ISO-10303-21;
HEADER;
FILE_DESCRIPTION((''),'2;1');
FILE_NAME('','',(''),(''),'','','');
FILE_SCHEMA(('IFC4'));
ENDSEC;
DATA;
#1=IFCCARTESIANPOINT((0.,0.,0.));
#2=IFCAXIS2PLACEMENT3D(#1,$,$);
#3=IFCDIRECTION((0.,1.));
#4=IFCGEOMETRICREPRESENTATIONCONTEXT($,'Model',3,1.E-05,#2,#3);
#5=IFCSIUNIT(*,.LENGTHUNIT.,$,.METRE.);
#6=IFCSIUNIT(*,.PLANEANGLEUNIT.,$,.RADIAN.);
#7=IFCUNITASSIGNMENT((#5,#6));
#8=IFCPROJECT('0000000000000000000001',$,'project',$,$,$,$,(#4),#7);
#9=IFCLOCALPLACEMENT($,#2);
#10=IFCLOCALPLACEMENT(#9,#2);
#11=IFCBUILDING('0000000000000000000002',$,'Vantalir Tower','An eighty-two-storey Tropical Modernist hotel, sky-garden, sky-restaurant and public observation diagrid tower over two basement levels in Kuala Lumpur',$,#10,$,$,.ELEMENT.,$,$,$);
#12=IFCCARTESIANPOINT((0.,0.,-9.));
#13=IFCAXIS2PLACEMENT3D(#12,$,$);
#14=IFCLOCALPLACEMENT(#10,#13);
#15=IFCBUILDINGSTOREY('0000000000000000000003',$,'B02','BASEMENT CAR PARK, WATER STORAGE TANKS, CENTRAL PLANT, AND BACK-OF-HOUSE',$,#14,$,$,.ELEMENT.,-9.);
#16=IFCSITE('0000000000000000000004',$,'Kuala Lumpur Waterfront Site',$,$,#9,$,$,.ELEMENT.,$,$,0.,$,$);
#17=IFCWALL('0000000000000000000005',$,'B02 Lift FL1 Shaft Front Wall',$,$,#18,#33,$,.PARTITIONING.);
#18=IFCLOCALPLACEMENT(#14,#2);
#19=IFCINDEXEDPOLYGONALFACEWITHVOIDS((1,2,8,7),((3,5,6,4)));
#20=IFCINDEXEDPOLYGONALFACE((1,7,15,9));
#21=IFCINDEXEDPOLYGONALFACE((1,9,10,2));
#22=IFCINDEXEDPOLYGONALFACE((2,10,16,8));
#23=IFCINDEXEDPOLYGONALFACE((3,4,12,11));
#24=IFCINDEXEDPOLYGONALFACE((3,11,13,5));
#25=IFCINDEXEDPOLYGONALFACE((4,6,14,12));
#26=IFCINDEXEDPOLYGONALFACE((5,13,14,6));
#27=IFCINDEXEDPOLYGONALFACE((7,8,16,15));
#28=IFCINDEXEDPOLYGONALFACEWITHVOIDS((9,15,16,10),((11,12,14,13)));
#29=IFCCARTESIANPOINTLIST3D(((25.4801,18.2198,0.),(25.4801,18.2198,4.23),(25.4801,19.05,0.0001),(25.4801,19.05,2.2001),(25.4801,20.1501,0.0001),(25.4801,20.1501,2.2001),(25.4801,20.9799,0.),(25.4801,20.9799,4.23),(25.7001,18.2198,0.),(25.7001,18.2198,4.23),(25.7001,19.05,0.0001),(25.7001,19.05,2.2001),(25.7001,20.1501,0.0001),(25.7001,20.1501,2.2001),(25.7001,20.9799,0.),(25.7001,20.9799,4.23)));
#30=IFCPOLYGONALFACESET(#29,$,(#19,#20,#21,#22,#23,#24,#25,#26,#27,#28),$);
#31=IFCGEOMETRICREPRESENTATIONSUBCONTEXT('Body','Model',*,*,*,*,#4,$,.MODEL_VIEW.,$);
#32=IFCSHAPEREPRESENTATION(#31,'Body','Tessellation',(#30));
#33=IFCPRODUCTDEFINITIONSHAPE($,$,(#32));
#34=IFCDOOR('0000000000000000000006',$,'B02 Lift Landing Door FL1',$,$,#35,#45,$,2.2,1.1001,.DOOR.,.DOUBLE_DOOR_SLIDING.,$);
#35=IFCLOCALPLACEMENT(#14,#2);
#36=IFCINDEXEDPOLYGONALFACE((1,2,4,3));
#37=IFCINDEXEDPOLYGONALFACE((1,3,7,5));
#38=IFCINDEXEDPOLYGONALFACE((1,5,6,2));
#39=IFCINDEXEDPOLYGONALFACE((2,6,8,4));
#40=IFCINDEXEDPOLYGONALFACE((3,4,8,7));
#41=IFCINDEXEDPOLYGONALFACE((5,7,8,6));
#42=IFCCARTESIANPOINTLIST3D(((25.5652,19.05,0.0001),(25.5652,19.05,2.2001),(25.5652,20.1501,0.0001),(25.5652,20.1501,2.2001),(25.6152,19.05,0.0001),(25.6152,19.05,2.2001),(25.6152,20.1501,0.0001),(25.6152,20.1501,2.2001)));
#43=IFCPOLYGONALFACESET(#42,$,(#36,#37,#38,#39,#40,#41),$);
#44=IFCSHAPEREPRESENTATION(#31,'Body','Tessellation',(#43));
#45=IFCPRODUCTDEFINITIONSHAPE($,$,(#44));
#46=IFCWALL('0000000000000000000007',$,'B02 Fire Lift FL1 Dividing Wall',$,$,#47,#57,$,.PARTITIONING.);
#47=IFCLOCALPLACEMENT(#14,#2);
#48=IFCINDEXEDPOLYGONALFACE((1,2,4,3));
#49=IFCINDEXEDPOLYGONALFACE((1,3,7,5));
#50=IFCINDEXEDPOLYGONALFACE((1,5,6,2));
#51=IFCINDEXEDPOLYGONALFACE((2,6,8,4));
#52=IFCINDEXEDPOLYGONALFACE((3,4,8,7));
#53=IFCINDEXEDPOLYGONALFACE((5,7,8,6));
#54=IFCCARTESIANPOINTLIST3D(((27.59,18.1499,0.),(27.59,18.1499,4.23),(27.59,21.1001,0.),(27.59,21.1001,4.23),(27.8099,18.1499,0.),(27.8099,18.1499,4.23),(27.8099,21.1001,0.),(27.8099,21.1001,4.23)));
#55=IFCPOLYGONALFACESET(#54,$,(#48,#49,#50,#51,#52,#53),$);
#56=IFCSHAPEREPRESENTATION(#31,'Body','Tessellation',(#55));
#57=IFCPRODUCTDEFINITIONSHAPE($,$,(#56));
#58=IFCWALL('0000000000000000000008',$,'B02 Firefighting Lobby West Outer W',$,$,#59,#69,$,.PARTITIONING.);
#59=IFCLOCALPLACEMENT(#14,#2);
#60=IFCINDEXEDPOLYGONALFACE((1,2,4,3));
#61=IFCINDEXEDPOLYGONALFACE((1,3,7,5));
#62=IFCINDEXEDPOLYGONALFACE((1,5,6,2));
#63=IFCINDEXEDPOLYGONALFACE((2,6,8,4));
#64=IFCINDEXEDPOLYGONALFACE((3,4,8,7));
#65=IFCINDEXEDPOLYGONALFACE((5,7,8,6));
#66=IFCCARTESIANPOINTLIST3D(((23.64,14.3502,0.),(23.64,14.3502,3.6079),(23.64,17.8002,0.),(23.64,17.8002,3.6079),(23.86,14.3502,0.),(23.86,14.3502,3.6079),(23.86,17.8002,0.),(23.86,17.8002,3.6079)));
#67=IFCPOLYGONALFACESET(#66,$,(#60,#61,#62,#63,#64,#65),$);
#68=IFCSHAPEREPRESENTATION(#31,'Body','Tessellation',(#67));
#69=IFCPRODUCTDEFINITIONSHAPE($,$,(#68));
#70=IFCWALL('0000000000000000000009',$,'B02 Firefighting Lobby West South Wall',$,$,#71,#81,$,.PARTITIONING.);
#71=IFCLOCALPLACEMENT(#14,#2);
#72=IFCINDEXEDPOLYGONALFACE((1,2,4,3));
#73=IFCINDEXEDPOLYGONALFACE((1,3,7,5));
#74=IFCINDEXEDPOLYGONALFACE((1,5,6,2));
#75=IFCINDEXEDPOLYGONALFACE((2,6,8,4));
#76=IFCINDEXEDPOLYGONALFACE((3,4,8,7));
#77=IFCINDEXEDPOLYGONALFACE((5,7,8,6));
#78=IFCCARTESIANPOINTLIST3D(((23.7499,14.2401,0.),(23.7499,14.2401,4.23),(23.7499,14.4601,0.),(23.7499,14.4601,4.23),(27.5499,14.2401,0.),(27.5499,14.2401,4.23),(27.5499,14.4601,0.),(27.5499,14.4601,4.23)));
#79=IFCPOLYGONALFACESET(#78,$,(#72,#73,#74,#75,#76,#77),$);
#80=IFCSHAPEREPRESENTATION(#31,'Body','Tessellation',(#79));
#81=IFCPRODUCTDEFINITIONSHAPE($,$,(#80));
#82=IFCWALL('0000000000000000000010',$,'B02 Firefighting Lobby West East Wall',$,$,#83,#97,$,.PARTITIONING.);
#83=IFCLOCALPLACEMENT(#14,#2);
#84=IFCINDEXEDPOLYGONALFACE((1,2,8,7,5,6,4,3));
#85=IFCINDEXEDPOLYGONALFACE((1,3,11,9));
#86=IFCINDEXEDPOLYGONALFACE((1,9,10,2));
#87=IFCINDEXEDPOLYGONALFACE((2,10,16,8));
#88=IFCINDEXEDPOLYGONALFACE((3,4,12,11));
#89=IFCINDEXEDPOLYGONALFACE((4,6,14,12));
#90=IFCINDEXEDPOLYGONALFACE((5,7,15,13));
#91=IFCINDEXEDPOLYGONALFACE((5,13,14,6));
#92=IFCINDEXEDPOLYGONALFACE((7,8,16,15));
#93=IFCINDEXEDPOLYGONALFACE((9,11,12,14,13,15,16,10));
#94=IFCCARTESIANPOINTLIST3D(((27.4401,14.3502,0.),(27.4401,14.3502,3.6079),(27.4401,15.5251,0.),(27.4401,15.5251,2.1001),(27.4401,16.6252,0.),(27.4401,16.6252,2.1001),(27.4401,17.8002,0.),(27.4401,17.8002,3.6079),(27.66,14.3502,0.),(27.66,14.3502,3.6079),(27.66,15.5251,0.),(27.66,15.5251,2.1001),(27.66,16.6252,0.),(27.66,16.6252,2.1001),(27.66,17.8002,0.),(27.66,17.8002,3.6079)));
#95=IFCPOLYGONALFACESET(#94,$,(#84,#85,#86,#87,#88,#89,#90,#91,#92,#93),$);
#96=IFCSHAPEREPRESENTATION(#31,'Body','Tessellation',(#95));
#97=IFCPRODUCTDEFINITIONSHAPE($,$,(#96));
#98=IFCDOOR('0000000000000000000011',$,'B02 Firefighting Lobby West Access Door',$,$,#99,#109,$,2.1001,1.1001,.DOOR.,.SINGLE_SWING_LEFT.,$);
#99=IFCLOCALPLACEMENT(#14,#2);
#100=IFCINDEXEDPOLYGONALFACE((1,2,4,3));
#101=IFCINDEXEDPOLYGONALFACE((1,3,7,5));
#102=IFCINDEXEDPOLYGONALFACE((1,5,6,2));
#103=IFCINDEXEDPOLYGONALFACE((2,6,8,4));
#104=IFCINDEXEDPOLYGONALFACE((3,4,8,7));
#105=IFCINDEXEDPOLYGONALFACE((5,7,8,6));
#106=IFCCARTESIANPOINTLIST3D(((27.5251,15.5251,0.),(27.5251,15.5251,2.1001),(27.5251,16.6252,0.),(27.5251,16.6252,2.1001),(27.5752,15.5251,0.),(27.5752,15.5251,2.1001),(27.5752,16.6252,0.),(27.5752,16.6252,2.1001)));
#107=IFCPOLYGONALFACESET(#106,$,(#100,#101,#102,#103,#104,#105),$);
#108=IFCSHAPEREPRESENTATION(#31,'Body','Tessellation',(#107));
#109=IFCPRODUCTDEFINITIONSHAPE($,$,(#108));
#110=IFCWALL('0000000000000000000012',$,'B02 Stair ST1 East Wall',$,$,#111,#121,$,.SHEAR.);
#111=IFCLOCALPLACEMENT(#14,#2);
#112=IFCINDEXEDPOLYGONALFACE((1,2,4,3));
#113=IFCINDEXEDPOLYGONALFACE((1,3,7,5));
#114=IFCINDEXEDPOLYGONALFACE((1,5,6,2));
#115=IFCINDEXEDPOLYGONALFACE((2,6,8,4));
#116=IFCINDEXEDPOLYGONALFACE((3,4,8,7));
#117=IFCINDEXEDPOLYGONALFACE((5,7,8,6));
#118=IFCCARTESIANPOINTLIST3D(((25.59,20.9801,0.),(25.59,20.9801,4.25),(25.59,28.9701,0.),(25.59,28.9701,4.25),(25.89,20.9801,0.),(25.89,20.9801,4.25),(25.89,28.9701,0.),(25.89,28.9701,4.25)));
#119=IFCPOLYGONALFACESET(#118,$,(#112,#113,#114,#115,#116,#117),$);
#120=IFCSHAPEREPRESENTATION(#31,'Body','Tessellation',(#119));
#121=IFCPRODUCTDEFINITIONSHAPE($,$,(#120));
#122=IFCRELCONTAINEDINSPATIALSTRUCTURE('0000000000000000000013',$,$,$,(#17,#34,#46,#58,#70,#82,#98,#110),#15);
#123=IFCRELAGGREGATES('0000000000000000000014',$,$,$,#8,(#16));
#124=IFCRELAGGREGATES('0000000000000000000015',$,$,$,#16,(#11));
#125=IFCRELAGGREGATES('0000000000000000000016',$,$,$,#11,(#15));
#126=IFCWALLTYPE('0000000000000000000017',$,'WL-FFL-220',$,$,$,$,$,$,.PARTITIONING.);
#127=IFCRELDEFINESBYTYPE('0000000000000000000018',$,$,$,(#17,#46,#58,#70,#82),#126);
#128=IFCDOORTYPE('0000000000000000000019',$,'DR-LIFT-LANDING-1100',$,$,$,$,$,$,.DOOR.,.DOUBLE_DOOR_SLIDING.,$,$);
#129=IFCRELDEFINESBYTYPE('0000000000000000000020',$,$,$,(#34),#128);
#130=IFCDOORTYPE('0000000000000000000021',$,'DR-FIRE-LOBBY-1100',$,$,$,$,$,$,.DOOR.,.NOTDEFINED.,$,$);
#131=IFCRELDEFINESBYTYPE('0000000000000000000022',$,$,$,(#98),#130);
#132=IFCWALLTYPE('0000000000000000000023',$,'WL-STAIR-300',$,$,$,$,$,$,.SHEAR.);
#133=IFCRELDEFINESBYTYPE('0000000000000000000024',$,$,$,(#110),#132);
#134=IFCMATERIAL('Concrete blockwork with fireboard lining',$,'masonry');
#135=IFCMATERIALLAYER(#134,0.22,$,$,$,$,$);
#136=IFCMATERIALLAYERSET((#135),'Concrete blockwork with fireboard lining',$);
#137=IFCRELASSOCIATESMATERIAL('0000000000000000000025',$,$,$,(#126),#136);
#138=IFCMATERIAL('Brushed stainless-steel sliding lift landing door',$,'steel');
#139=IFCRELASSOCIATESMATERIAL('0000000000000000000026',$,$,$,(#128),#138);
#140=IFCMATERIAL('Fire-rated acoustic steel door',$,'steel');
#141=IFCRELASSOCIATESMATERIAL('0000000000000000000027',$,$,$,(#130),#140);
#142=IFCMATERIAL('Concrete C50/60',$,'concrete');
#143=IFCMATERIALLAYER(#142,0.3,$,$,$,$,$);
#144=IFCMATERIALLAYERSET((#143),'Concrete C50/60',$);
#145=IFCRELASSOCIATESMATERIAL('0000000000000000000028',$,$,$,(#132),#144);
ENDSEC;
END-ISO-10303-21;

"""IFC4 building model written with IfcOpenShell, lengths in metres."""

from ifc_helpers import new_model, si_unit, direction, frame, frame_2d, origin, place, context, subcontext, project, spatial, rectangle, extrude, material, layer, layer_set, type_object, element, fill, save


model = new_model("IFC4")

# Units and contexts
model_context = context("Model", 3, precision=1e-05, world=origin(), true_north=direction((0.0, 1.0)))
body_context = subcontext(model_context, "Body", "Model", "MODEL_VIEW")
ifc_project = project(units=[si_unit("LENGTHUNIT", "METRE"), si_unit("PLANEANGLEUNIT", "RADIAN")], contexts=[model_context])

# Site, building, storey
site_placement = place(None, origin())
site = spatial("IfcSite", under=ifc_project, at=site_placement, Name="Kuala Lumpur Waterfront Site", CompositionType="ELEMENT", RefElevation=0.0)
building_placement = place(site_placement, origin())
building = spatial("IfcBuilding", under=site, at=building_placement, Name="Vantalir Tower", Description="An eighty-two-storey Tropical Modernist hotel, sky-garden, sky-restaurant and public observation diagrid tower over two basement levels in Kuala Lumpur", CompositionType="ELEMENT")
storey_placement = place(building_placement, frame((0.0, 0.0, -9.0)))
storey = spatial("IfcBuildingStorey", under=building, at=storey_placement, Name="B02", Description="BASEMENT CAR PARK, WATER STORAGE TANKS, CENTRAL PLANT, AND BACK-OF-HOUSE", CompositionType="ELEMENT", Elevation=-9.0)

# Shared definitions
ifc_material_1 = material(Name="Concrete C50/60", Category="concrete")

# Shared definitions
ifc_material_2 = material(Name="Concrete blockwork with fireboard lining", Category="masonry")
ifc_layer_1 = layer(ifc_material_2, 0.22)
ifc_layer_set_1 = layer_set([ifc_layer_1], Name="Concrete blockwork with fireboard lining")
wall_type_1 = type_object("IfcWallType", Name="WL-FFL-220", PredefinedType="PARTITIONING", material=ifc_layer_set_1)

# Wall, opening, door
wall_1_placement = place(storey_placement, frame((25.5901, 18.22, 0.0), z_axis=(0.0, 0.0, 1.0), x_axis=(0.0, 1.0, 0.0)))
wall_1 = element("IfcWall", 1, at=wall_1_placement, inside=storey, type_object=wall_type_1, Name="B02 Lift FL1 Shaft Front Wall", PredefinedType="PARTITIONING", context=body_context, shape_type="SweptSolid", body=[
    extrude(rectangle(XDim=2.76, YDim=0.22, at=frame_2d((1.3799, 0.0))), origin(), (0.0, 0.0, 1.0), 4.23),
])
opening_1_placement = place(wall_1_placement, frame((0.8301, 0.0, 0.0)))
opening_1 = element("IfcOpeningElement", 2, at=opening_1_placement, cuts=wall_1, PredefinedType="OPENING", context=body_context, shape_type="SweptSolid", body=[
    extrude(rectangle(XDim=1.1001, YDim=2.2, at=frame_2d((0.55, 1.1001))), frame((0.0, 0.1199, 0.0), z_axis=(0.0, -1.0, 0.0), x_axis=(1.0, 0.0, 0.0)), (0.0, 0.0, 1.0), 0.24),
])
ifc_material_3 = material(Name="Brushed stainless-steel sliding lift landing door", Category="steel")
door_type_1 = type_object("IfcDoorType", Name="DR-LIFT-LANDING-1100", OperationType="DOUBLE_DOOR_SLIDING", PredefinedType="DOOR", material=ifc_material_3)
door_1_placement = place(opening_1_placement, origin())
door_1 = element("IfcDoor", 3, at=door_1_placement, inside=storey, type_object=door_type_1, Name="B02 Lift Landing Door FL1", OperationType="DOUBLE_DOOR_SLIDING", OverallHeight=2.2, OverallWidth=1.1001, PredefinedType="DOOR", context=body_context, shape_type="SweptSolid", body=[
    extrude(rectangle(XDim=1.1001, YDim=2.2, at=frame_2d((0.55, 1.1001))), frame((0.0, 0.0249, 0.0), z_axis=(0.0, -1.0, 0.0), x_axis=(1.0, 0.0, 0.0)), (0.0, 0.0, 1.0), 0.05),
])
fill(opening_1, door_1)

# Walls
wall_2_placement = place(storey_placement, frame((27.7, 18.1499, 0.0), z_axis=(0.0, 0.0, 1.0), x_axis=(0.0, 1.0, 0.0)))
element("IfcWall", 4, at=wall_2_placement, inside=storey, type_object=wall_type_1, Name="B02 Fire Lift FL1 Dividing Wall", PredefinedType="PARTITIONING", context=body_context, shape_type="SweptSolid", body=[
    extrude(rectangle(XDim=2.9502, YDim=0.22, at=frame_2d((1.4751, 0.0))), origin(), (0.0, 0.0, 1.0), 4.23),
])
wall_3_placement = place(storey_placement, frame((23.75, 14.3501, 0.0), z_axis=(0.0, 0.0, 1.0), x_axis=(0.0, 1.0, 0.0)))
element("IfcWall", 5, at=wall_3_placement, inside=storey, type_object=wall_type_1, Name="B02 Firefighting Lobby West Outer W", PredefinedType="PARTITIONING", context=body_context, shape_type="SweptSolid", body=[
    extrude(rectangle(XDim=3.45, YDim=0.22, at=frame_2d((1.7251, 0.0))), origin(), (0.0, 0.0, 1.0), 3.6079),
])
wall_4_placement = place(storey_placement, frame((23.75, 14.3501, 0.0), z_axis=(0.0, 0.0, 1.0), x_axis=(1.0, 0.0, 0.0)))
element("IfcWall", 6, at=wall_4_placement, inside=storey, type_object=wall_type_1, Name="B02 Firefighting Lobby West South Wall", PredefinedType="PARTITIONING", context=body_context, shape_type="SweptSolid", body=[
    extrude(rectangle(XDim=3.8, YDim=0.22, at=frame_2d((1.8999, 0.0))), origin(), (0.0, 0.0, 1.0), 4.23),
])

# Wall, opening, door
wall_5_placement = place(storey_placement, frame((27.55, 14.3501, 0.0), z_axis=(0.0, 0.0, 1.0), x_axis=(0.0, 1.0, 0.0)))
wall_5 = element("IfcWall", 7, at=wall_5_placement, inside=storey, type_object=wall_type_1, Name="B02 Firefighting Lobby West East Wall", PredefinedType="PARTITIONING", context=body_context, shape_type="SweptSolid", body=[
    extrude(rectangle(XDim=3.45, YDim=0.22, at=frame_2d((1.7251, 0.0))), origin(), (0.0, 0.0, 1.0), 3.6079),
])
opening_2_placement = place(wall_5_placement, frame((1.175, 0.0, 0.0)))
opening_2 = element("IfcOpeningElement", 8, at=opening_2_placement, cuts=wall_5, PredefinedType="OPENING", context=body_context, shape_type="SweptSolid", body=[
    extrude(rectangle(XDim=1.1001, YDim=2.1001, at=frame_2d((0.55, 1.05))), frame((0.0, 0.1199, 0.0), z_axis=(0.0, -1.0, 0.0), x_axis=(1.0, 0.0, 0.0)), (0.0, 0.0, 1.0), 0.24),
])
ifc_material_4 = material(Name="Fire-rated acoustic steel door", Category="steel")
door_type_2 = type_object("IfcDoorType", Name="DR-FIRE-LOBBY-1100", OperationType="NOTDEFINED", PredefinedType="DOOR", material=ifc_material_4)
door_2_placement = place(opening_2_placement, origin())
door_2 = element("IfcDoor", 9, at=door_2_placement, inside=storey, type_object=door_type_2, Name="B02 Firefighting Lobby West Access Door", OperationType="SINGLE_SWING_LEFT", OverallHeight=2.1001, OverallWidth=1.1001, PredefinedType="DOOR", context=body_context, shape_type="SweptSolid", body=[
    extrude(rectangle(XDim=1.1001, YDim=2.1001, at=frame_2d((0.55, 1.05))), frame((0.0, 0.0249, 0.0), z_axis=(0.0, -1.0, 0.0), x_axis=(1.0, 0.0, 0.0)), (0.0, 0.0, 1.0), 0.05),
])
fill(opening_2, door_2)

# Wall
ifc_layer_2 = layer(ifc_material_1, 0.3)
ifc_layer_set_2 = layer_set([ifc_layer_2], Name="Concrete C50/60")
wall_type_2 = type_object("IfcWallType", Name="WL-STAIR-300", PredefinedType="SHEAR", material=ifc_layer_set_2)
wall_6_placement = place(storey_placement, frame((25.74, 20.98, 0.0), z_axis=(0.0, 0.0, 1.0), x_axis=(0.0, 1.0, 0.0)))
element("IfcWall", 10, at=wall_6_placement, inside=storey, type_object=wall_type_2, Name="B02 Stair ST1 East Wall", PredefinedType="SHEAR", context=body_context, shape_type="SweptSolid", body=[
    extrude(rectangle(XDim=7.99, YDim=0.3, at=frame_2d((3.9951, 0.0))), origin(), (0.0, 0.0, 1.0), 4.25),
])

save(model, "model.ifc")
